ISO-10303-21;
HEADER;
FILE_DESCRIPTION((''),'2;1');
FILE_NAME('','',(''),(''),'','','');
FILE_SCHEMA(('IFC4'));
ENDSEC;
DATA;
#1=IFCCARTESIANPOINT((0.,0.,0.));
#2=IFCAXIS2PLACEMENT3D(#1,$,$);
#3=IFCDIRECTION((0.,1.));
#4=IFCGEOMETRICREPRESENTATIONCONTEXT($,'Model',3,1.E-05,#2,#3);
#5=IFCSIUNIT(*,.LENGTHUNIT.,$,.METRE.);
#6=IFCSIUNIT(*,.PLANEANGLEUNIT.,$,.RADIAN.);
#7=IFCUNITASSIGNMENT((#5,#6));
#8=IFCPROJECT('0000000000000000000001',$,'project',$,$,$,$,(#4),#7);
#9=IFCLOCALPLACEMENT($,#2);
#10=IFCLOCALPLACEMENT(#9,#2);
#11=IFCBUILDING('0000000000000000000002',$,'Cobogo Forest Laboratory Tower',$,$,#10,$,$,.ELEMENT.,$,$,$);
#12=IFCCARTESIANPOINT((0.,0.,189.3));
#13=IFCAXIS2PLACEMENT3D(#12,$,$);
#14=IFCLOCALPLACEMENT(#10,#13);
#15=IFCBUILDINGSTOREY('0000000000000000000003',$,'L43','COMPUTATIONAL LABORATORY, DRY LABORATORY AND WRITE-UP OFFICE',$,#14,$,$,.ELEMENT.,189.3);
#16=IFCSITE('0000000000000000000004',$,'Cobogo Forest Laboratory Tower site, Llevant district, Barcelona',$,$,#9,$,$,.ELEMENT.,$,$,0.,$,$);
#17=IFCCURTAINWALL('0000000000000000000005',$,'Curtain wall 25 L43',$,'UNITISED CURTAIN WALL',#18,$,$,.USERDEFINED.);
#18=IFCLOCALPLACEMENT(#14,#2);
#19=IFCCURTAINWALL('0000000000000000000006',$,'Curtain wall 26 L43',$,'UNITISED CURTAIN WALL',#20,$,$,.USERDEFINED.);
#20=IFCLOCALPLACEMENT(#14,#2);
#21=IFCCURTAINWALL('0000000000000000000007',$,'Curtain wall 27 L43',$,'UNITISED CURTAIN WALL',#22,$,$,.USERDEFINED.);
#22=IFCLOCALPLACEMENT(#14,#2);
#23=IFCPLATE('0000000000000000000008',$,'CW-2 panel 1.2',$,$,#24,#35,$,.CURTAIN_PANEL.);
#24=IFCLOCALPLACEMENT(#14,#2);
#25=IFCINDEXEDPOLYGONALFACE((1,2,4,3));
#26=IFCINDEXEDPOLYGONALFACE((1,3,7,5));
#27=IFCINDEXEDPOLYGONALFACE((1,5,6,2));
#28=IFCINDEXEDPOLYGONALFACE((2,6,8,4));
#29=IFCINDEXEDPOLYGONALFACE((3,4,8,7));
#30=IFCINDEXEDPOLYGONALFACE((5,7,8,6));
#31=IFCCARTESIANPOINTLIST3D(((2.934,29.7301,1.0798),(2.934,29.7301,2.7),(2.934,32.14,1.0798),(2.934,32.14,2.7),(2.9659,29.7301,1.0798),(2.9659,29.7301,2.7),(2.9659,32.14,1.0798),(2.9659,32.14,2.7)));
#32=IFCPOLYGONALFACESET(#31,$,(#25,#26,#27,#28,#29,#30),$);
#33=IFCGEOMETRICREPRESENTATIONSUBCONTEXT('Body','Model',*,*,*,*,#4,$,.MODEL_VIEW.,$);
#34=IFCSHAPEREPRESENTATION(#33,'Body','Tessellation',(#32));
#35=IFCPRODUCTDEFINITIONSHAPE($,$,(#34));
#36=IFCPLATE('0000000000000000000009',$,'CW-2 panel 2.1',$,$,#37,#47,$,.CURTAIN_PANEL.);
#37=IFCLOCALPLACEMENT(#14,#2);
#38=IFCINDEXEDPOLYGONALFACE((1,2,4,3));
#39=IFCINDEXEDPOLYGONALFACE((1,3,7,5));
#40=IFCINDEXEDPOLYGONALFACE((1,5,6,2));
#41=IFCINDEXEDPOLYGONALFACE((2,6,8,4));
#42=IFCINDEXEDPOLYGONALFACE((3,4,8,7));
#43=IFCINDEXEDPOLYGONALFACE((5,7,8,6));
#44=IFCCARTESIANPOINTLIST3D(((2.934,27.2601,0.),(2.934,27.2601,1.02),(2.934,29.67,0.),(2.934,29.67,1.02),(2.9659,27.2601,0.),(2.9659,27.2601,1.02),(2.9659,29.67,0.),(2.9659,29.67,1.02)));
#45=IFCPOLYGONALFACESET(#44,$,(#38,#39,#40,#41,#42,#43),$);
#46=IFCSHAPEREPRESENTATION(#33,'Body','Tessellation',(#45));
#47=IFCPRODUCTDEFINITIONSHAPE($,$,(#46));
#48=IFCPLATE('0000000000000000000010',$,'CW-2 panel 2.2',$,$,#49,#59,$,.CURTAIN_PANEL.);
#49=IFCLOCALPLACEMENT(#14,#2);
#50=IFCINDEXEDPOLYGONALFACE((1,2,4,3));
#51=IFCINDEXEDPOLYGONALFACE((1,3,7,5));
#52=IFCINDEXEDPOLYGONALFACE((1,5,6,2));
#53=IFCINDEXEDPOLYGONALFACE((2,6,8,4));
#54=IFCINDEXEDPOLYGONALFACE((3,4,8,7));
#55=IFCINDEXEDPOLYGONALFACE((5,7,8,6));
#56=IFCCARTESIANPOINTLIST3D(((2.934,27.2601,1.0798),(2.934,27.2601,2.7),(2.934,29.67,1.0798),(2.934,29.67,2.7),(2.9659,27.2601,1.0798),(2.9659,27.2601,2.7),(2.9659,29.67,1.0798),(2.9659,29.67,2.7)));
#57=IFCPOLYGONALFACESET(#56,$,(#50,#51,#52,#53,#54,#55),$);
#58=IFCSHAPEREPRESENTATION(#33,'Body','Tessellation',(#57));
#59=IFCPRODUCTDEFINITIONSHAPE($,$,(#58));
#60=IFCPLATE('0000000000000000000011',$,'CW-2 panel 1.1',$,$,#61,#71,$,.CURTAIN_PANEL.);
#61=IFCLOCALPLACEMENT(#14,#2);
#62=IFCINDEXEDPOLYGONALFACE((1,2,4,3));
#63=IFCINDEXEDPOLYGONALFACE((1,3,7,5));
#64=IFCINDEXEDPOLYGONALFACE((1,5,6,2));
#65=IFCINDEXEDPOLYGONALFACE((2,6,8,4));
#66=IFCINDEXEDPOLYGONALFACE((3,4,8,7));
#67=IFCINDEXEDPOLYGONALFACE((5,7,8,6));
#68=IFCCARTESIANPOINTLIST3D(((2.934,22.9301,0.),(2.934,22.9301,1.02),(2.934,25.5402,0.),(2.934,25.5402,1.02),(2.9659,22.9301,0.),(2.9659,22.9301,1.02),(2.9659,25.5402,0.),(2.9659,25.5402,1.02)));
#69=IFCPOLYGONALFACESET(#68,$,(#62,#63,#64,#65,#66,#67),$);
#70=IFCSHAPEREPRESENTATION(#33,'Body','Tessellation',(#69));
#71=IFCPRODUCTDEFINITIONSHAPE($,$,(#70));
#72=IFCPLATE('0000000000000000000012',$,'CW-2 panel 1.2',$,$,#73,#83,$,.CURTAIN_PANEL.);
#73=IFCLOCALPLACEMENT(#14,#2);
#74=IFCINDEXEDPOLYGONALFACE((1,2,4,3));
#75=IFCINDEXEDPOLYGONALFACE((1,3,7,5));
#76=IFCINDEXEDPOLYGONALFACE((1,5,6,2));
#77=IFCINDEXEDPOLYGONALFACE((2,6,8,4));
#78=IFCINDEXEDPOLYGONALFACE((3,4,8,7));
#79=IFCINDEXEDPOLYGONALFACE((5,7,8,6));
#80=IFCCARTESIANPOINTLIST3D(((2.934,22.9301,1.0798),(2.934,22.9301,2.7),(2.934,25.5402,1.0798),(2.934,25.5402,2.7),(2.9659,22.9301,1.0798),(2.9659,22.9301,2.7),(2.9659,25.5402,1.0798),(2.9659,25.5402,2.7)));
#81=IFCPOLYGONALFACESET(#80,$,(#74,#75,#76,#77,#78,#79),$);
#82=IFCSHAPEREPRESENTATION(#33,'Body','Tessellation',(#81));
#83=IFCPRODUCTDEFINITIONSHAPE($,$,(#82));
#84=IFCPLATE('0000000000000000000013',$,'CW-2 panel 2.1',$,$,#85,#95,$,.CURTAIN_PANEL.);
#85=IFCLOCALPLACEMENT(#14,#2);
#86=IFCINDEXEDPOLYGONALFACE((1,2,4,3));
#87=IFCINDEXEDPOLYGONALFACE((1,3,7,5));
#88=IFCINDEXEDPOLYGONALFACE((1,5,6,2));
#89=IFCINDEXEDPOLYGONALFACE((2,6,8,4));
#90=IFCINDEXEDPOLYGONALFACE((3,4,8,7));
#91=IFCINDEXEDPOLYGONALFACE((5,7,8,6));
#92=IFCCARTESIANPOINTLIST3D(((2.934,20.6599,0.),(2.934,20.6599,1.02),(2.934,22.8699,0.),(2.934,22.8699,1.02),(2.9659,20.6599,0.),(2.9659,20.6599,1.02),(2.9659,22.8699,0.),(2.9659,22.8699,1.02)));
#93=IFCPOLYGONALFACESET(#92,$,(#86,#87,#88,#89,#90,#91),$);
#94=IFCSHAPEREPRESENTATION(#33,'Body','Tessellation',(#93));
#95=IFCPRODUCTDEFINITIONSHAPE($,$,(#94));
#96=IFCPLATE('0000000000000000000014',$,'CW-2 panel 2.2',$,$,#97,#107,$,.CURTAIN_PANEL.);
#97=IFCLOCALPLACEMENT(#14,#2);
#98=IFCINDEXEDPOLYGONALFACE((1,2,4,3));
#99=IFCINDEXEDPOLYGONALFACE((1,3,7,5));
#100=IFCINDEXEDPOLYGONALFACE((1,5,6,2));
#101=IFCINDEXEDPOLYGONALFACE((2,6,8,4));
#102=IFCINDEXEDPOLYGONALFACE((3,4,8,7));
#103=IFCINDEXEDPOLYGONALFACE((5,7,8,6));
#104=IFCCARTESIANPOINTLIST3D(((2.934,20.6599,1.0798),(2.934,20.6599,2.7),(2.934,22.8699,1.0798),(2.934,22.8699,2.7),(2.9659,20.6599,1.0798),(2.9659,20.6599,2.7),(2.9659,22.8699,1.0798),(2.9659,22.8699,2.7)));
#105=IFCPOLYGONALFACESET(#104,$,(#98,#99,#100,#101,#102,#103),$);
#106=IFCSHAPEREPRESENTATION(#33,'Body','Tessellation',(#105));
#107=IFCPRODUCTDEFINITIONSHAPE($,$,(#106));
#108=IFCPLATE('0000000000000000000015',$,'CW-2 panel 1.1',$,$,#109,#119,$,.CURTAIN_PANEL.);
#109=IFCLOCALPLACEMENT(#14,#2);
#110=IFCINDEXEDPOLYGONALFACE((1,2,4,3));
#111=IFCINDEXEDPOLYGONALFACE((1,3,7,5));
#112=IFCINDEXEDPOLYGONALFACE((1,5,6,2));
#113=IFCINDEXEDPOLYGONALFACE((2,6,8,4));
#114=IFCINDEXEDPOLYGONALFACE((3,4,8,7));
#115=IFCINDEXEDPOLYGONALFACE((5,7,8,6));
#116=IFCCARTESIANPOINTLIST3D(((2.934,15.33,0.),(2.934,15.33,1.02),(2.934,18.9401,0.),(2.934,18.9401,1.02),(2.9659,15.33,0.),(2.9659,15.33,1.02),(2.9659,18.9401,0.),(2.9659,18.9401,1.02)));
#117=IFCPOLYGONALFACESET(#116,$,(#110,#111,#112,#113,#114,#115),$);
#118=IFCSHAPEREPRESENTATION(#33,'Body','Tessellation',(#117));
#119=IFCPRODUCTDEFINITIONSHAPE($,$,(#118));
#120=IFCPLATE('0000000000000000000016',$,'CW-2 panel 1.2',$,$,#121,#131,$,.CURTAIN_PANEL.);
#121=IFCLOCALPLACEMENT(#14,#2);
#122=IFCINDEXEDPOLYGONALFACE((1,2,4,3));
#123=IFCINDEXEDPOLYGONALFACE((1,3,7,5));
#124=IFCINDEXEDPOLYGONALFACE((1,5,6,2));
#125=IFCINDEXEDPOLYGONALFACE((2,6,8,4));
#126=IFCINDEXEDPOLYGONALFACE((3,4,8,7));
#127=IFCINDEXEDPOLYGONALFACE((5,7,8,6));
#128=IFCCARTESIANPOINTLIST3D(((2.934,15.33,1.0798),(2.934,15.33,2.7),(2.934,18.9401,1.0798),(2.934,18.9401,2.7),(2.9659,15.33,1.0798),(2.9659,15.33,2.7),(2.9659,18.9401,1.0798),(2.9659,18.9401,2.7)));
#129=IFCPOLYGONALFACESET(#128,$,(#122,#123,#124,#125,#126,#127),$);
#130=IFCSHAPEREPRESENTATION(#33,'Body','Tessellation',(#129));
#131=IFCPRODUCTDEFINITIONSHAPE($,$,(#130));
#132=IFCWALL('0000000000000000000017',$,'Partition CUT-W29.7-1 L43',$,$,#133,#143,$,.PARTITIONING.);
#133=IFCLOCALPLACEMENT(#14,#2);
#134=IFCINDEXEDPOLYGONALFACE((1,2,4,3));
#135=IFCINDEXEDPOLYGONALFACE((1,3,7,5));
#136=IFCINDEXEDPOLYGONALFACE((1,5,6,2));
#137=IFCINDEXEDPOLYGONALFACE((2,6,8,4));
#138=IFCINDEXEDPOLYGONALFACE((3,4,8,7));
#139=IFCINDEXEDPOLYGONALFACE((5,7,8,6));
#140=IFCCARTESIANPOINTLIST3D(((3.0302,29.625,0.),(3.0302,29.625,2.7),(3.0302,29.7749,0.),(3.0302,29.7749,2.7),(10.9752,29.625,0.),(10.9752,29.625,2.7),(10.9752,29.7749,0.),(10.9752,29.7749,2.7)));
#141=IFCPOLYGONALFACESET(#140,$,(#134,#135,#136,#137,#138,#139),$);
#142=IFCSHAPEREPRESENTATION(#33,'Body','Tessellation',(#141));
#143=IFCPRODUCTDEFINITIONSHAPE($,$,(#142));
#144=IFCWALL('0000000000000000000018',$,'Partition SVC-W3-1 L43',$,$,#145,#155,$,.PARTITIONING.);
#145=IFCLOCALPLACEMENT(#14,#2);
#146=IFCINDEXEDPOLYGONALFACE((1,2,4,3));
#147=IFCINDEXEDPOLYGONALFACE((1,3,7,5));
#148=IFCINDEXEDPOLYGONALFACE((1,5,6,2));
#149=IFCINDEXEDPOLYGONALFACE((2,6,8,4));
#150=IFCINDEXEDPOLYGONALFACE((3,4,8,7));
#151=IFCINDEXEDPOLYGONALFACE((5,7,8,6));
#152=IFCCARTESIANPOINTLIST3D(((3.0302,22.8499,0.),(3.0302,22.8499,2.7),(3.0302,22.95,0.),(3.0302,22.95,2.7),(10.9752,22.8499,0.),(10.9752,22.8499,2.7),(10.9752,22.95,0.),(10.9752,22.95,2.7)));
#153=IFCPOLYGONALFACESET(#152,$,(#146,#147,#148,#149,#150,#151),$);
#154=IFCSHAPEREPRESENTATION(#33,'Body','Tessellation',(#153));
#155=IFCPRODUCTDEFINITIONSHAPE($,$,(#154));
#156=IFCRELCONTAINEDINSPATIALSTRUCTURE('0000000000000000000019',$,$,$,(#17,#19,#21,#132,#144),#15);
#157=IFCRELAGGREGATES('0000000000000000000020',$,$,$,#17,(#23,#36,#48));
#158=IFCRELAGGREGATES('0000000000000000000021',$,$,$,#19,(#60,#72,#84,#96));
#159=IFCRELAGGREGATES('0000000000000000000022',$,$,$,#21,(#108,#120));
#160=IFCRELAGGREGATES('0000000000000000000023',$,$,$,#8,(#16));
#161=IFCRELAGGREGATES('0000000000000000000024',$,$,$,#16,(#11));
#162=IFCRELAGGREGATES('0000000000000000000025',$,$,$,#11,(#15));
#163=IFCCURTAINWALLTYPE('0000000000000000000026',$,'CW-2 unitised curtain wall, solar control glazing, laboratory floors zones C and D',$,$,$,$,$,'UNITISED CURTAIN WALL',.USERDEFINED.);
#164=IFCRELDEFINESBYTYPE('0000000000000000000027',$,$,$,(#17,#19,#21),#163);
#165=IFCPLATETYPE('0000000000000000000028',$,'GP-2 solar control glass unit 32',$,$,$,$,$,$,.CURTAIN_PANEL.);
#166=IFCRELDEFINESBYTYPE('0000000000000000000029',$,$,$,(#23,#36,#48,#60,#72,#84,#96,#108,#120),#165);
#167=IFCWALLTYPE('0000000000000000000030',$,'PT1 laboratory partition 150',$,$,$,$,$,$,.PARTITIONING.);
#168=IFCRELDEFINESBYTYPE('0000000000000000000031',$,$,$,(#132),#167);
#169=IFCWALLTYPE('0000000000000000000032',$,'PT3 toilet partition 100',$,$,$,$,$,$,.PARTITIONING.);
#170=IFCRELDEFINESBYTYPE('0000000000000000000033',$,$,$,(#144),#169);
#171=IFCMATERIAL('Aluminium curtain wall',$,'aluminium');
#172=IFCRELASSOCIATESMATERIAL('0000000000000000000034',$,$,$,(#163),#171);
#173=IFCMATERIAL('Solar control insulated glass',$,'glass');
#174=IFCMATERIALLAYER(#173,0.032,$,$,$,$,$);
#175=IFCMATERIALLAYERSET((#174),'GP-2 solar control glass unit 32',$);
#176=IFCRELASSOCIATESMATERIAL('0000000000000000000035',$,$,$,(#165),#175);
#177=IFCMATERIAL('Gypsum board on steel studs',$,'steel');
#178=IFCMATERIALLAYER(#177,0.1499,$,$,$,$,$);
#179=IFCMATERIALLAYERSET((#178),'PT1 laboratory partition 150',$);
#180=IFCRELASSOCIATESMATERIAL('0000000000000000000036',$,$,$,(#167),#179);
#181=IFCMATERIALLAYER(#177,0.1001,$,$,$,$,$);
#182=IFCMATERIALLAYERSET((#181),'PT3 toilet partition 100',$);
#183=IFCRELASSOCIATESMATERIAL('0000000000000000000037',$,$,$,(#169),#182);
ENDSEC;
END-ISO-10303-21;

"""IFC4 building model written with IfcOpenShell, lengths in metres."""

from ifc_helpers import new_model, si_unit, direction, frame, frame_2d, origin, origin_2d, place, context, subcontext, project, spatial, rectangle, extrude, material, layer, layer_set, type_object, element, aggregate, save


model = new_model("IFC4")

# Units and contexts
model_context = context("Model", 3, precision=1e-05, world=origin(), true_north=direction((0.0, 1.0)))
body_context = subcontext(model_context, "Body", "Model", "MODEL_VIEW")
ifc_project = project(units=[si_unit("LENGTHUNIT", "METRE"), si_unit("PLANEANGLEUNIT", "RADIAN")], contexts=[model_context])

# Site, building, storey
site_placement = place(None, origin())
site = spatial("IfcSite", under=ifc_project, at=site_placement, Name="Cobogo Forest Laboratory Tower site, Llevant district, Barcelona", CompositionType="ELEMENT", RefElevation=0.0)
building_placement = place(site_placement, origin())
building = spatial("IfcBuilding", under=site, at=building_placement, Name="Cobogo Forest Laboratory Tower", CompositionType="ELEMENT")
storey_placement = place(building_placement, frame((0.0, 0.0, 189.3)))
storey = spatial("IfcBuildingStorey", under=building, at=storey_placement, Name="L43", Description="COMPUTATIONAL LABORATORY, DRY LABORATORY AND WRITE-UP OFFICE", CompositionType="ELEMENT", Elevation=189.3)

# Curtain walls
ifc_material_1 = material(Name="Aluminium curtain wall", Category="aluminium")
curtain_wall_type = type_object("IfcCurtainWallType", Name="CW-2 unitised curtain wall, solar control glazing, laboratory floors zones C and D", ElementType="UNITISED CURTAIN WALL", PredefinedType="USERDEFINED", material=ifc_material_1)
curtain_wall_1_placement = place(storey_placement, origin())
curtain_wall_1 = element("IfcCurtainWall", 1, at=curtain_wall_1_placement, inside=storey, type_object=curtain_wall_type, Name="Curtain wall 25 L43", ObjectType="UNITISED CURTAIN WALL", PredefinedType="USERDEFINED")
curtain_wall_2_placement = place(storey_placement, origin())
curtain_wall_2 = element("IfcCurtainWall", 2, at=curtain_wall_2_placement, inside=storey, type_object=curtain_wall_type, Name="Curtain wall 26 L43", ObjectType="UNITISED CURTAIN WALL", PredefinedType="USERDEFINED")

# Curtain wall
curtain_wall_3_placement = place(storey_placement, origin())
curtain_wall_3 = element("IfcCurtainWall", 3, at=curtain_wall_3_placement, inside=storey, type_object=curtain_wall_type, Name="Curtain wall 27 L43", ObjectType="UNITISED CURTAIN WALL", PredefinedType="USERDEFINED")

# Plates
ifc_material_2 = material(Name="Solar control insulated glass", Category="glass")
ifc_layer_1 = layer(ifc_material_2, 0.032)
ifc_layer_set_1 = layer_set([ifc_layer_1], Name="GP-2 solar control glass unit 32")
plate_type_1 = type_object("IfcPlateType", Name="GP-2 solar control glass unit 32", PredefinedType="CURTAIN_PANEL", material=ifc_layer_set_1)
plate_1_placement = place(storey_placement, frame((2.95, 30.9351, 1.0798), z_axis=(0.0, 0.0, 1.0), x_axis=(0.0, -1.0, 0.0)))
plate_1 = element("IfcPlate", 4, at=plate_1_placement, type_object=plate_type_1, Name="CW-2 panel 1.2", PredefinedType="CURTAIN_PANEL", context=body_context, shape_type="SweptSolid", body=[
    extrude(rectangle(XDim=2.4099, YDim=0.032, at=origin_2d()), origin(), (0.0, 0.0, 1.0), 1.6201),
])
plate_2_placement = place(storey_placement, frame((2.95, 28.4651, 0.0), z_axis=(0.0, 0.0, 1.0), x_axis=(0.0, -1.0, 0.0)))
plate_2 = element("IfcPlate", 5, at=plate_2_placement, type_object=plate_type_1, Name="CW-2 panel 2.1", PredefinedType="CURTAIN_PANEL", context=body_context, shape_type="SweptSolid", body=[
    extrude(rectangle(XDim=2.4099, YDim=0.032, at=origin_2d()), origin(), (0.0, 0.0, 1.0), 1.02),
])
plate_3_placement = place(storey_placement, frame((2.95, 28.4651, 1.0798), z_axis=(0.0, 0.0, 1.0), x_axis=(0.0, -1.0, 0.0)))
plate_3 = element("IfcPlate", 6, at=plate_3_placement, type_object=plate_type_1, Name="CW-2 panel 2.2", PredefinedType="CURTAIN_PANEL", context=body_context, shape_type="SweptSolid", body=[
    extrude(rectangle(XDim=2.4099, YDim=0.032, at=origin_2d()), origin(), (0.0, 0.0, 1.0), 1.6201),
])
aggregate(curtain_wall_1, [plate_1, plate_2, plate_3])
plate_4_placement = place(storey_placement, frame((2.95, 24.2351, 0.0), z_axis=(0.0, 0.0, 1.0), x_axis=(0.0, -1.0, 0.0)))
plate_4 = element("IfcPlate", 7, at=plate_4_placement, type_object=plate_type_1, Name="CW-2 panel 1.1", PredefinedType="CURTAIN_PANEL", context=body_context, shape_type="SweptSolid", body=[
    extrude(rectangle(XDim=2.6101, YDim=0.032, at=origin_2d()), origin(), (0.0, 0.0, 1.0), 1.02),
])
plate_5_placement = place(storey_placement, frame((2.95, 24.2351, 1.0798), z_axis=(0.0, 0.0, 1.0), x_axis=(0.0, -1.0, 0.0)))
plate_5 = element("IfcPlate", 8, at=plate_5_placement, type_object=plate_type_1, Name="CW-2 panel 1.2", PredefinedType="CURTAIN_PANEL", context=body_context, shape_type="SweptSolid", body=[
    extrude(rectangle(XDim=2.6101, YDim=0.032, at=origin_2d()), origin(), (0.0, 0.0, 1.0), 1.6201),
])
plate_6_placement = place(storey_placement, frame((2.95, 21.7649, 0.0), z_axis=(0.0, 0.0, 1.0), x_axis=(0.0, -1.0, 0.0)))
plate_6 = element("IfcPlate", 9, at=plate_6_placement, type_object=plate_type_1, Name="CW-2 panel 2.1", PredefinedType="CURTAIN_PANEL", context=body_context, shape_type="SweptSolid", body=[
    extrude(rectangle(XDim=2.21, YDim=0.032, at=origin_2d()), origin(), (0.0, 0.0, 1.0), 1.02),
])
plate_7_placement = place(storey_placement, frame((2.95, 21.7649, 1.0798), z_axis=(0.0, 0.0, 1.0), x_axis=(0.0, -1.0, 0.0)))
plate_7 = element("IfcPlate", 10, at=plate_7_placement, type_object=plate_type_1, Name="CW-2 panel 2.2", PredefinedType="CURTAIN_PANEL", context=body_context, shape_type="SweptSolid", body=[
    extrude(rectangle(XDim=2.21, YDim=0.032, at=origin_2d()), origin(), (0.0, 0.0, 1.0), 1.6201),
])
aggregate(curtain_wall_2, [plate_4, plate_5, plate_6, plate_7])
plate_8_placement = place(storey_placement, frame((2.95, 17.135, 0.0), z_axis=(0.0, 0.0, 1.0), x_axis=(0.0, -1.0, 0.0)))
plate_8 = element("IfcPlate", 11, at=plate_8_placement, type_object=plate_type_1, Name="CW-2 panel 1.1", PredefinedType="CURTAIN_PANEL", context=body_context, shape_type="SweptSolid", body=[
    extrude(rectangle(XDim=3.6101, YDim=0.032, at=origin_2d()), origin(), (0.0, 0.0, 1.0), 1.02),
])
plate_9_placement = place(storey_placement, frame((2.95, 17.135, 1.0798), z_axis=(0.0, 0.0, 1.0), x_axis=(0.0, -1.0, 0.0)))
plate_9 = element("IfcPlate", 12, at=plate_9_placement, type_object=plate_type_1, Name="CW-2 panel 1.2", PredefinedType="CURTAIN_PANEL", context=body_context, shape_type="SweptSolid", body=[
    extrude(rectangle(XDim=3.6101, YDim=0.032, at=origin_2d()), origin(), (0.0, 0.0, 1.0), 1.6201),
])
aggregate(curtain_wall_3, [plate_8, plate_9])

# Walls
ifc_material_3 = material(Name="Gypsum board on steel studs", Category="steel")
ifc_layer_2 = layer(ifc_material_3, 0.1499)
ifc_layer_set_2 = layer_set([ifc_layer_2], Name="PT1 laboratory partition 150")
wall_type_1 = type_object("IfcWallType", Name="PT1 laboratory partition 150", PredefinedType="PARTITIONING", material=ifc_layer_set_2)
wall_1_placement = place(storey_placement, frame((3.03, 29.7, 0.0), z_axis=(0.0, 0.0, 1.0), x_axis=(1.0, 0.0, 0.0)))
element("IfcWall", 13, at=wall_1_placement, inside=storey, type_object=wall_type_1, Name="Partition CUT-W29.7-1 L43", PredefinedType="PARTITIONING", context=body_context, shape_type="SweptSolid", body=[
    extrude(rectangle(XDim=7.9451, YDim=0.1499, at=frame_2d((3.9727, 0.0))), origin(), (0.0, 0.0, 1.0), 2.7),
])
ifc_layer_3 = layer(ifc_material_3, 0.1001)
ifc_layer_set_3 = layer_set([ifc_layer_3], Name="PT3 toilet partition 100")
wall_type_2 = type_object("IfcWallType", Name="PT3 toilet partition 100", PredefinedType="PARTITIONING", material=ifc_layer_set_3)
wall_2_placement = place(storey_placement, frame((3.03, 22.8999, 0.0), z_axis=(0.0, 0.0, 1.0), x_axis=(1.0, 0.0, 0.0)))
element("IfcWall", 14, at=wall_2_placement, inside=storey, type_object=wall_type_2, Name="Partition SVC-W3-1 L43", PredefinedType="PARTITIONING", context=body_context, shape_type="SweptSolid", body=[
    extrude(rectangle(XDim=7.9451, YDim=0.1001, at=frame_2d((3.9727, 0.0))), origin(), (0.0, 0.0, 1.0), 2.7),
])

save(model, "model.ifc")
